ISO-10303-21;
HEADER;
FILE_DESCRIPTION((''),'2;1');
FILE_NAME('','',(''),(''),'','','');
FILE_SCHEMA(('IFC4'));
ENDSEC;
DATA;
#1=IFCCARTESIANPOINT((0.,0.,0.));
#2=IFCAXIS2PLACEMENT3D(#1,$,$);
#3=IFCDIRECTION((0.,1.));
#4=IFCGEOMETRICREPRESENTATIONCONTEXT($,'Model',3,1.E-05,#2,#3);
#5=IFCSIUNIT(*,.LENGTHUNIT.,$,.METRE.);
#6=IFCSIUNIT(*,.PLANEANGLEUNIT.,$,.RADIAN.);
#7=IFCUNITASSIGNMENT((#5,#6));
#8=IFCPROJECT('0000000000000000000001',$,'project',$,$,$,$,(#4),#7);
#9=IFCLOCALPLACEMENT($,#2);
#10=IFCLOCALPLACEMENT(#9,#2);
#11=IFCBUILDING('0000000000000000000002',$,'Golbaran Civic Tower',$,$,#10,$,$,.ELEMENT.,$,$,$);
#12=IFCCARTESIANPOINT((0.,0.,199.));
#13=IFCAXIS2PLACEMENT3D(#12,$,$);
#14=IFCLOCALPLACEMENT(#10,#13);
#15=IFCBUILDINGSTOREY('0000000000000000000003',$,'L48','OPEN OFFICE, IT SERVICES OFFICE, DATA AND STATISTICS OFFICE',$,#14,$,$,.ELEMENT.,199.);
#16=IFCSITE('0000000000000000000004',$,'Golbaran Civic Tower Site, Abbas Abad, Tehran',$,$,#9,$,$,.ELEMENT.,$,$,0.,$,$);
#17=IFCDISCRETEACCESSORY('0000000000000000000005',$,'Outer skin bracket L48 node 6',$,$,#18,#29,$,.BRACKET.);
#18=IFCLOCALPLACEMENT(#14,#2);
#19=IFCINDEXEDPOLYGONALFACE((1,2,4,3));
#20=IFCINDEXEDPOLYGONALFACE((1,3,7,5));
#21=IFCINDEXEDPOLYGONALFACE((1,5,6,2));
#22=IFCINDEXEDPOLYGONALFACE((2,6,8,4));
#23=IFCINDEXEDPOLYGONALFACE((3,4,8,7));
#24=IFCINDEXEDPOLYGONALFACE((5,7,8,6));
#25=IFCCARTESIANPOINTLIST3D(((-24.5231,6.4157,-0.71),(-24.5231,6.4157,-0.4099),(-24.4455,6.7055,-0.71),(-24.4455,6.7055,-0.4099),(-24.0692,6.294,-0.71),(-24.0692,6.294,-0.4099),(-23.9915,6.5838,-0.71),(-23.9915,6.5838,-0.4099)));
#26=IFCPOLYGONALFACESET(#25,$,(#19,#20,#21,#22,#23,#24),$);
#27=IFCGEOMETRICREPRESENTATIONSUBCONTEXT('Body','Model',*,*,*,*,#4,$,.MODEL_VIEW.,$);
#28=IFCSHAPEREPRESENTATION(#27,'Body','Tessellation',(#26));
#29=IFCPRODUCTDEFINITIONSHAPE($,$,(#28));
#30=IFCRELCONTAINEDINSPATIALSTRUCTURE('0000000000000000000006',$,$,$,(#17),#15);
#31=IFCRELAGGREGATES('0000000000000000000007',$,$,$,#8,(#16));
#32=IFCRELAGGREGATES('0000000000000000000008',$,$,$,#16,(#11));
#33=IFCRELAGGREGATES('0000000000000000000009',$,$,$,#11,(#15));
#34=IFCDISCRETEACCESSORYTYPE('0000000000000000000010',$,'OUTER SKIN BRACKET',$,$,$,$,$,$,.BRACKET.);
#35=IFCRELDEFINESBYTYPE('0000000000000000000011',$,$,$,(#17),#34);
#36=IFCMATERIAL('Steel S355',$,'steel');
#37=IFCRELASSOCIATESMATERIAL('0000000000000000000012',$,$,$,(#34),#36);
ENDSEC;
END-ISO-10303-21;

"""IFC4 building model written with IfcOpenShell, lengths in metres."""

from ifc_helpers import new_model, si_unit, direction, frame, origin, origin_2d, place, context, subcontext, project, spatial, rectangle, extrude, material, type_object, element, save


model = new_model("IFC4")

# Units and contexts
model_context = context("Model", 3, precision=1e-05, world=origin(), true_north=direction((0.0, 1.0)))
body_context = subcontext(model_context, "Body", "Model", "MODEL_VIEW")
ifc_project = project(units=[si_unit("LENGTHUNIT", "METRE"), si_unit("PLANEANGLEUNIT", "RADIAN")], contexts=[model_context])

# Site, building, storey
site_placement = place(None, origin())
site = spatial("IfcSite", under=ifc_project, at=site_placement, Name="Golbaran Civic Tower Site, Abbas Abad, Tehran", CompositionType="ELEMENT", RefElevation=0.0)
building_placement = place(site_placement, origin())
building = spatial("IfcBuilding", under=site, at=building_placement, Name="Golbaran Civic Tower", CompositionType="ELEMENT")
storey_placement = place(building_placement, frame((0.0, 0.0, 199.0)))
storey = spatial("IfcBuildingStorey", under=building, at=storey_placement, Name="L48", Description="OPEN OFFICE, IT SERVICES OFFICE, DATA AND STATISTICS OFFICE", CompositionType="ELEMENT", Elevation=199.0)

# Shared definitions
ifc_material_1 = material(Name="Steel S355", Category="steel")

# Discrete accessory
discrete_accessory_type = type_object("IfcDiscreteAccessoryType", Name="OUTER SKIN BRACKET", PredefinedType="BRACKET", material=ifc_material_1)
discrete_accessory_placement = place(storey_placement, frame((-24.2573, 6.4998, -0.71), z_axis=(0.0, 0.0, 1.0), x_axis=(-0.965926, 0.258819, 0.0)))
element("IfcDiscreteAccessory", 1, at=discrete_accessory_placement, inside=storey, type_object=discrete_accessory_type, Name="Outer skin bracket L48 node 6", PredefinedType="BRACKET", context=body_context, shape_type="SweptSolid", body=[
    extrude(rectangle(XDim=0.47, YDim=0.3, at=origin_2d()), origin(), (0.0, 0.0, 1.0), 0.3),
])

save(model, "model.ifc")
